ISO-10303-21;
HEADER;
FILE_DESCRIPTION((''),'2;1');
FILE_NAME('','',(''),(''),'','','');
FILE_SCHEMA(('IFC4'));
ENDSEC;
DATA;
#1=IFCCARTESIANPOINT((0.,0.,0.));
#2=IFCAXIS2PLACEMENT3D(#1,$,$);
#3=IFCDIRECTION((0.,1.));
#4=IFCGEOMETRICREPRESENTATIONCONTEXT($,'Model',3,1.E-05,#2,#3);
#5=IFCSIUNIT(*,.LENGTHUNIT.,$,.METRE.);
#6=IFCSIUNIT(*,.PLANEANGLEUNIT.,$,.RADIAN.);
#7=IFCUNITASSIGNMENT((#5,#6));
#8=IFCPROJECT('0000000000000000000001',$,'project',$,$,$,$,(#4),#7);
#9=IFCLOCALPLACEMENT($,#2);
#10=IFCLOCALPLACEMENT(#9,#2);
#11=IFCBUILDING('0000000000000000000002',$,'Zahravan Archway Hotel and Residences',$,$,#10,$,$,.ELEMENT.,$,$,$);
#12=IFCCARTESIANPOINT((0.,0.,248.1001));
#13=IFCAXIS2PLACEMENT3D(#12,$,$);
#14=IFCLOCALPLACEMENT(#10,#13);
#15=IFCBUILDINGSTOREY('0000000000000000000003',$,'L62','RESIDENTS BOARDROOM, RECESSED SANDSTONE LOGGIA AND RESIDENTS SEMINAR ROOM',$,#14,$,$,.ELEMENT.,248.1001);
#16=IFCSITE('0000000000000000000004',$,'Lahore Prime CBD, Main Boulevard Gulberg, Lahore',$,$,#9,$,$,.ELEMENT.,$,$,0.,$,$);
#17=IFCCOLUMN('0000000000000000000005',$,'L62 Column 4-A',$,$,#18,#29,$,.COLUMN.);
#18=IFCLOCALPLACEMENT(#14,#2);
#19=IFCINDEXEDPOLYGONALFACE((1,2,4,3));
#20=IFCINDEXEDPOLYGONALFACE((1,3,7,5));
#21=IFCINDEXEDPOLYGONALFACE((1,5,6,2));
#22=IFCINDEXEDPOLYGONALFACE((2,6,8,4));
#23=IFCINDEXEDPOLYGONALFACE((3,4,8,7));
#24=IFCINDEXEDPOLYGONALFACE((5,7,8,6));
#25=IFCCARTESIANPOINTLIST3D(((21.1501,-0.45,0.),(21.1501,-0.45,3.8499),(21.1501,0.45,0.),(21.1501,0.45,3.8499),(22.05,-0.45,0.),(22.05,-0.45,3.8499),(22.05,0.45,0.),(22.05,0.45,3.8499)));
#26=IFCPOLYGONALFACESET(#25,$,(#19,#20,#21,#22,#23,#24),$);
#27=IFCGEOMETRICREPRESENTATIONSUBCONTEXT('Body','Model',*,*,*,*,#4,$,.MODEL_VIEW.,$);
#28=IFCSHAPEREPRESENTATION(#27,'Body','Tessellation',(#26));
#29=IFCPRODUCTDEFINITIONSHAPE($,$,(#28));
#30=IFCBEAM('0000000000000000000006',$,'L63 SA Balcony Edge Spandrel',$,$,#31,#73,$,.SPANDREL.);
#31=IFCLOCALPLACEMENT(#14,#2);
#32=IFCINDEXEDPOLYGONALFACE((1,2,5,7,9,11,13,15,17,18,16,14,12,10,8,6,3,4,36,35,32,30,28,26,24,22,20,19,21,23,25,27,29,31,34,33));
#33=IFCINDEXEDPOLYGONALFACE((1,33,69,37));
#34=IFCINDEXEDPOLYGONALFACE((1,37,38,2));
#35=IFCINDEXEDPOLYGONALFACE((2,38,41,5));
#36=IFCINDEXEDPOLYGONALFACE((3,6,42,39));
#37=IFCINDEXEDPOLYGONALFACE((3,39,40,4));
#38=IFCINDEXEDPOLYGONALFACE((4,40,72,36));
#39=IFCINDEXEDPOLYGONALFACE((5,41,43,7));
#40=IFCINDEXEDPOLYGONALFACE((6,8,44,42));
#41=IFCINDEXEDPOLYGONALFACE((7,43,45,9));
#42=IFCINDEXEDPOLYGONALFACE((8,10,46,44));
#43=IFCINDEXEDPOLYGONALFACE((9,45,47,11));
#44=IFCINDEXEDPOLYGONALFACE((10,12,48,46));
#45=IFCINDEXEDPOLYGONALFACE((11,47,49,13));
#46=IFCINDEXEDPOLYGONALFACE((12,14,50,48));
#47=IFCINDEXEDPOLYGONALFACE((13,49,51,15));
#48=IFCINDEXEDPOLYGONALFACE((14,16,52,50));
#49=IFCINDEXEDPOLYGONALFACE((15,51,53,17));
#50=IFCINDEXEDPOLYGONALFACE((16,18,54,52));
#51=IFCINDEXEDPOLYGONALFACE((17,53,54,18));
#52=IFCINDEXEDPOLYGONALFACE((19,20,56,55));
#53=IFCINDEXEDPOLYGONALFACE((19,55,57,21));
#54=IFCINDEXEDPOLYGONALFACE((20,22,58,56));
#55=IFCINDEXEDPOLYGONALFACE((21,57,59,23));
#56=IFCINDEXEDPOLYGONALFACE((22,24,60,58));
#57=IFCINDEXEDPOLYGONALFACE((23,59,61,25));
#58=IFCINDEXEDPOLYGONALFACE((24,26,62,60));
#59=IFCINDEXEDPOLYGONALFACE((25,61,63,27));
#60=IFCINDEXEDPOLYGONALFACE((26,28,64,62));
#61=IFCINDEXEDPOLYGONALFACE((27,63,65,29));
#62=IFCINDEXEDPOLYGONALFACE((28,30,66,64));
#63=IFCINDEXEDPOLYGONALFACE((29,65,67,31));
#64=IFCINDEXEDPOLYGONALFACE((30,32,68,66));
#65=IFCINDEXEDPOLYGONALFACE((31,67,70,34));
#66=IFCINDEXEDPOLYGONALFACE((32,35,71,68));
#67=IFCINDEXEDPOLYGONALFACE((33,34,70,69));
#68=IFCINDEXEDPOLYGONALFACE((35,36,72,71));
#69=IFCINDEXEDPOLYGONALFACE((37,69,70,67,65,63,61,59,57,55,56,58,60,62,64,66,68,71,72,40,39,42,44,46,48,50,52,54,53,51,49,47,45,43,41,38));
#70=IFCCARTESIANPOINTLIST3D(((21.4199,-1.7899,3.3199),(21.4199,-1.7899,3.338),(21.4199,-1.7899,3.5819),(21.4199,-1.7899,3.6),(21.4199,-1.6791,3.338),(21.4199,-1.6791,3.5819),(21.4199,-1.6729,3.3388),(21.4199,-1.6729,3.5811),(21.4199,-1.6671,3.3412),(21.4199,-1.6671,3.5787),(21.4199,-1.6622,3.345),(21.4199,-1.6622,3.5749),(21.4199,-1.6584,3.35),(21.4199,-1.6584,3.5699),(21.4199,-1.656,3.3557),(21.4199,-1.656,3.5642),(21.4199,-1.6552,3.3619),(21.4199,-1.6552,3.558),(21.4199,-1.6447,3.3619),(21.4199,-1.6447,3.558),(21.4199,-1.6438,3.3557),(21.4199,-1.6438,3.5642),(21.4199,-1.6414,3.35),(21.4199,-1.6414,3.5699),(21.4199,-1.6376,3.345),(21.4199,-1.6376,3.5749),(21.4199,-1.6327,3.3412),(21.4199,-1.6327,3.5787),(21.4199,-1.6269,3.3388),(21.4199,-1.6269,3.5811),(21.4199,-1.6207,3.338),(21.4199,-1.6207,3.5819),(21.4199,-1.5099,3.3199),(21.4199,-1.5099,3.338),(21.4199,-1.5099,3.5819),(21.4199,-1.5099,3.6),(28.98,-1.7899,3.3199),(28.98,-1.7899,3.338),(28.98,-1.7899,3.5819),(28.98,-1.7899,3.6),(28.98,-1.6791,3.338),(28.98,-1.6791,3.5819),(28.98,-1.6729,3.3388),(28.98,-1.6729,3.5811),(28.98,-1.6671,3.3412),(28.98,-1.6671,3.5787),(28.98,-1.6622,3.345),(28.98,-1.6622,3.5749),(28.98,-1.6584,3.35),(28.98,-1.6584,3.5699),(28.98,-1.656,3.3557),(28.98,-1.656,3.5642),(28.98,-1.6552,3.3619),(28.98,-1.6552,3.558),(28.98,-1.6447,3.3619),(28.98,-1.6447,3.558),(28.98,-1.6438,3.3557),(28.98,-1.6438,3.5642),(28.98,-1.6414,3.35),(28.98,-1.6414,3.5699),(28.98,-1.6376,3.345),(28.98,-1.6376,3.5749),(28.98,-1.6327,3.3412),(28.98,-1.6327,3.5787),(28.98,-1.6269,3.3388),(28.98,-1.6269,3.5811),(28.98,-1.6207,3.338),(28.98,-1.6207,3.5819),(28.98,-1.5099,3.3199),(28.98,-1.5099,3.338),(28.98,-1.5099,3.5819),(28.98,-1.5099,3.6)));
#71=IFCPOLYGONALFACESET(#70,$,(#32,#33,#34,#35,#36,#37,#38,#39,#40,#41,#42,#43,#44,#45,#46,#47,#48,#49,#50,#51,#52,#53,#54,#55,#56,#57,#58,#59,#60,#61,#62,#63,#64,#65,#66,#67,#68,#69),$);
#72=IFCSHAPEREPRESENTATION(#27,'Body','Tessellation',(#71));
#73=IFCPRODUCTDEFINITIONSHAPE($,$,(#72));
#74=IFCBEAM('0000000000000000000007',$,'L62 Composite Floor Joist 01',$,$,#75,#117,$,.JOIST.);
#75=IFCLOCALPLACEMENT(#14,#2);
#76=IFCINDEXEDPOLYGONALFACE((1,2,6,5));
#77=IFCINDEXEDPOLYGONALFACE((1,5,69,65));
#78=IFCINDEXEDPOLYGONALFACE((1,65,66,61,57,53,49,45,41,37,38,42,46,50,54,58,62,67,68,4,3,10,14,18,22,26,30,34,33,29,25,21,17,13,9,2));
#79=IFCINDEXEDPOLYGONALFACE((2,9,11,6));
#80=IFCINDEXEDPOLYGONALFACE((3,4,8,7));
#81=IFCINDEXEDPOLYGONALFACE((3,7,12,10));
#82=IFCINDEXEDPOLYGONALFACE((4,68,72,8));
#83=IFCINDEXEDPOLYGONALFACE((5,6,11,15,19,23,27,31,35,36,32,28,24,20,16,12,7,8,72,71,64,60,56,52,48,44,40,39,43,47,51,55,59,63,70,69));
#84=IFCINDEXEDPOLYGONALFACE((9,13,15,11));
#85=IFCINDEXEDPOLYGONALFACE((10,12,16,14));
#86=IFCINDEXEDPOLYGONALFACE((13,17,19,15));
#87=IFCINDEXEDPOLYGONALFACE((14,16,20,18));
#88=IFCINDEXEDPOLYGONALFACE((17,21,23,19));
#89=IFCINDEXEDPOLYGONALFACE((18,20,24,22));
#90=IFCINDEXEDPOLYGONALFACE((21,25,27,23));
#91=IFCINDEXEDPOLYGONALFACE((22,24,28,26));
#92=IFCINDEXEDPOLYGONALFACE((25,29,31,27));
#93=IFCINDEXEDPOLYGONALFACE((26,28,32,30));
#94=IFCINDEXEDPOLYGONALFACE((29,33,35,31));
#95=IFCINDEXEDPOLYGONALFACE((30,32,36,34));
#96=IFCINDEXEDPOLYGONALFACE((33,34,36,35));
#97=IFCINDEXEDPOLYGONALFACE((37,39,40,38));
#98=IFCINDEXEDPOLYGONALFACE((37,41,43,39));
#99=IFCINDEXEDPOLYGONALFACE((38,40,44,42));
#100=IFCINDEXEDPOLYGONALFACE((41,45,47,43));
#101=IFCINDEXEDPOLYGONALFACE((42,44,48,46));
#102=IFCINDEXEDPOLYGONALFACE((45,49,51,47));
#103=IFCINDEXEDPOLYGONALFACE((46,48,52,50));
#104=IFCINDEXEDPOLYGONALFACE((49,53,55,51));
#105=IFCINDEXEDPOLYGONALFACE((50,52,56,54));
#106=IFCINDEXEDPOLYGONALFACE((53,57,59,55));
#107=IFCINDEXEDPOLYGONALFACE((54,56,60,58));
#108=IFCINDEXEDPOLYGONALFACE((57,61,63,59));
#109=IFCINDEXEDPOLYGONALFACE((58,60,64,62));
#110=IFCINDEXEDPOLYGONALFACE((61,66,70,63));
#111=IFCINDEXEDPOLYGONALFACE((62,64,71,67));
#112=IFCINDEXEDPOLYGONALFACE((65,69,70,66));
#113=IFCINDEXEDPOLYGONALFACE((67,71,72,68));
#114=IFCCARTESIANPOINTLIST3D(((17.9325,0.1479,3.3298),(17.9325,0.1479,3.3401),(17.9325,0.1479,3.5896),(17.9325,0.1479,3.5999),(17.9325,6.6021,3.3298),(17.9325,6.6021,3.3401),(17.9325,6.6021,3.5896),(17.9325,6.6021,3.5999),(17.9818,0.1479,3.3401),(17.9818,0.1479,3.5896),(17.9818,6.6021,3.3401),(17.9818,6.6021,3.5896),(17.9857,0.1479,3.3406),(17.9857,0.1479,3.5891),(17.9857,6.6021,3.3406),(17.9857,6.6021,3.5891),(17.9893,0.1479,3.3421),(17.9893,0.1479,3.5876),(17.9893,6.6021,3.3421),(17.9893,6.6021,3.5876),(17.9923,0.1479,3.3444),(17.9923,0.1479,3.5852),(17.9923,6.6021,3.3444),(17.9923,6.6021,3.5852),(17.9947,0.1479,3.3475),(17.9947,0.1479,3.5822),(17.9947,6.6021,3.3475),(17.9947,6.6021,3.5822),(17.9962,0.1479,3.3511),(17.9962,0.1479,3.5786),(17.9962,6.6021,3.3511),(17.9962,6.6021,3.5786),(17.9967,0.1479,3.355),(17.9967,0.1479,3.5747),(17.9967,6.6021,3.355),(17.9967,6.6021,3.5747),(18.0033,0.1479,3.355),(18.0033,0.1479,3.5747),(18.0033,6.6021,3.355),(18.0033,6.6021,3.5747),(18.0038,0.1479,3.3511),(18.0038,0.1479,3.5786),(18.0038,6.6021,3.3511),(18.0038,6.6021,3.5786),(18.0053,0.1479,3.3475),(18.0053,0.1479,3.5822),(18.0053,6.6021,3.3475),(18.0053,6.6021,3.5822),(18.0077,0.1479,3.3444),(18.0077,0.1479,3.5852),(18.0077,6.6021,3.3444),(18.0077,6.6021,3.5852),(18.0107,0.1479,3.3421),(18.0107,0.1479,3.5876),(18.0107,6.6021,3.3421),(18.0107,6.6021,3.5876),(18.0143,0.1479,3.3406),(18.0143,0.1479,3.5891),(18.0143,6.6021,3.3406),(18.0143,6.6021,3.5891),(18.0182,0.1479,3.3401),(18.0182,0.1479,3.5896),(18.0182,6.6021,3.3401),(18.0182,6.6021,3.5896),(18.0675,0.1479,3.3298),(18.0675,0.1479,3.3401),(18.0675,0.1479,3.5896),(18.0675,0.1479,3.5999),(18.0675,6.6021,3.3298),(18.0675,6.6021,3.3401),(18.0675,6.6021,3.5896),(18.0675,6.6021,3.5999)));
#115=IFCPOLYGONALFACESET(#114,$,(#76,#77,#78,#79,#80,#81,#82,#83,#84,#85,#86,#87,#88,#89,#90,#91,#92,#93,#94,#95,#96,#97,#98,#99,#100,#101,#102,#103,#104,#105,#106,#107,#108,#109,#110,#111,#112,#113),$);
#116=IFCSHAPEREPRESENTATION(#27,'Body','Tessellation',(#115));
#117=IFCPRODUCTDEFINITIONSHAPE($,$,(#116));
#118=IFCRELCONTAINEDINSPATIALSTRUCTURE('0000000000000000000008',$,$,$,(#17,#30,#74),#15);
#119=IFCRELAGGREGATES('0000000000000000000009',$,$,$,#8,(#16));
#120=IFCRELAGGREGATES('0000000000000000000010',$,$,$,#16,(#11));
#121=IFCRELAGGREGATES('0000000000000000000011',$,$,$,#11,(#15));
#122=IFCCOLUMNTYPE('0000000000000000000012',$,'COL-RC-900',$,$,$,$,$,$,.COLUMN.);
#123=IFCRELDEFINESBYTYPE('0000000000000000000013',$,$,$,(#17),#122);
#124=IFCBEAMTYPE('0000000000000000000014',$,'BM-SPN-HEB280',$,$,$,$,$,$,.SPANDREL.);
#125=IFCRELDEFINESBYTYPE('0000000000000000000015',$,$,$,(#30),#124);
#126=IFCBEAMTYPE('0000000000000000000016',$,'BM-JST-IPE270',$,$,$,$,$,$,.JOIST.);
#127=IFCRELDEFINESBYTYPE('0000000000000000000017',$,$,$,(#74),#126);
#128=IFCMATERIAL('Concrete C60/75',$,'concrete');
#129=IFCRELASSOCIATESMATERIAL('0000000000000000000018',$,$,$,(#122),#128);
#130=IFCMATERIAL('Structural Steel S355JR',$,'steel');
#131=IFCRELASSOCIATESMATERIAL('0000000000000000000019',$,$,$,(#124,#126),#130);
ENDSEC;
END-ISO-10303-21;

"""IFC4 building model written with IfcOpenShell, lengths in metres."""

from ifc_helpers import new_model, si_unit, direction, frame, origin, origin_2d, place, context, subcontext, project, spatial, rectangle, i_section, extrude, source, transform, mapped, material, material_profile, profile_set, type_object, type_shapes, element, save


model = new_model("IFC4")

# Units and contexts
model_context = context("Model", 3, precision=1e-05, world=origin(), true_north=direction((0.0, 1.0)))
body_context = subcontext(model_context, "Body", "Model", "MODEL_VIEW")
ifc_project = project(units=[si_unit("LENGTHUNIT", "METRE"), si_unit("PLANEANGLEUNIT", "RADIAN")], contexts=[model_context])

# Site, building, storey
site_placement = place(None, origin())
site = spatial("IfcSite", under=ifc_project, at=site_placement, Name="Lahore Prime CBD, Main Boulevard Gulberg, Lahore", CompositionType="ELEMENT", RefElevation=0.0)
building_placement = place(site_placement, origin())
building = spatial("IfcBuilding", under=site, at=building_placement, Name="Zahravan Archway Hotel and Residences", CompositionType="ELEMENT")
storey_placement = place(building_placement, frame((0.0, 0.0, 248.1001)))
storey = spatial("IfcBuildingStorey", under=building, at=storey_placement, Name="L62", Description="RESIDENTS BOARDROOM, RECESSED SANDSTONE LOGGIA AND RESIDENTS SEMINAR ROOM", CompositionType="ELEMENT", Elevation=248.1001)

# Column
ifc_material_1 = material(Name="Concrete C60/75", Category="concrete")
ifc_material_profile_1 = material_profile(ifc_material_1, rectangle(XDim=0.8999, YDim=0.8999, at=origin_2d()), Name="RC-COL-900x900", Category="concrete")
ifc_profile_set_1 = profile_set([ifc_material_profile_1], Name="Concrete C60/75")
column_type = type_object("IfcColumnType", Name="COL-RC-900", PredefinedType="COLUMN", material=ifc_profile_set_1)
shared_shape_1 = source(origin(), body_context, "Body", "SweptSolid", [
    extrude(rectangle(XDim=0.8999, YDim=0.8999, at=origin_2d()), origin(), (0.0, 0.0, 1.0), 3.8499),
])
column_placement = place(storey_placement, frame((21.6001, 0.0, 0.0), z_axis=(0.0, 0.0, 1.0), x_axis=(1.0, 0.0, 0.0)))
element("IfcColumn", 1, at=column_placement, inside=storey, type_object=column_type, Name="L62 Column 4-A", PredefinedType="COLUMN", context=body_context, shape_type="MappedRepresentation", body=[
    mapped(shared_shape_1, transform((0.0, 0.0, 0.0), scale=1.0)),
])

# Beams
ifc_material_2 = material(Name="Structural Steel S355JR", Category="steel")
ifc_material_profile_2 = material_profile(ifc_material_2, i_section(OverallWidth=0.28, OverallDepth=0.28, WebThickness=0.0105, FlangeThickness=0.0181, FilletRadius=0.0239, at=origin_2d()), Name="HEB 280", Category="steel")
ifc_profile_set_2 = profile_set([ifc_material_profile_2], Name="Structural Steel S355JR")
beam_type_1 = type_object("IfcBeamType", Name="BM-SPN-HEB280", PredefinedType="SPANDREL", material=ifc_profile_set_2)
shared_shape_2 = source(origin(), body_context, "Body", "SweptSolid", [
    extrude(i_section(OverallWidth=0.28, OverallDepth=0.28, WebThickness=0.0105, FlangeThickness=0.0181, FilletRadius=0.0239, at=origin_2d()), origin(), (0.0, 0.0, 1.0), 7.5601),
])
type_shapes(beam_type_1, [shared_shape_2])
beam_1_placement = place(storey_placement, frame((21.4199, -1.6499, 3.46), z_axis=(1.0, 0.0, 0.0), x_axis=(0.0, 1.0, 0.0)))
element("IfcBeam", 2, at=beam_1_placement, inside=storey, type_object=beam_type_1, Name="L63 SA Balcony Edge Spandrel", PredefinedType="SPANDREL", context=body_context, shape_type="MappedRepresentation", body=[
    mapped(shared_shape_2, transform((0.0, 0.0, 0.0), scale=1.0)),
])
ifc_material_profile_3 = material_profile(ifc_material_2, i_section(OverallWidth=0.135, OverallDepth=0.27, WebThickness=0.0066, FlangeThickness=0.0103, FilletRadius=0.0149, at=origin_2d()), Name="IPE 270", Category="steel")
ifc_profile_set_3 = profile_set([ifc_material_profile_3], Name="Structural Steel S355JR")
beam_type_2 = type_object("IfcBeamType", Name="BM-JST-IPE270", PredefinedType="JOIST", material=ifc_profile_set_3)
shared_shape_3 = source(origin(), body_context, "Body", "SweptSolid", [
    extrude(i_section(OverallWidth=0.135, OverallDepth=0.27, WebThickness=0.0066, FlangeThickness=0.0103, FilletRadius=0.0149, at=origin_2d()), origin(), (0.0, 0.0, 1.0), 6.4541),
])
beam_2_placement = place(storey_placement, frame((18.0, 0.1479, 3.4648), z_axis=(0.0, 1.0, 0.0), x_axis=(-1.0, 0.0, 0.0)))
element("IfcBeam", 3, at=beam_2_placement, inside=storey, type_object=beam_type_2, Name="L62 Composite Floor Joist 01", PredefinedType="JOIST", context=body_context, shape_type="MappedRepresentation", body=[
    mapped(shared_shape_3, transform((0.0, 0.0, 0.0), scale=1.0)),
])

save(model, "model.ifc")
